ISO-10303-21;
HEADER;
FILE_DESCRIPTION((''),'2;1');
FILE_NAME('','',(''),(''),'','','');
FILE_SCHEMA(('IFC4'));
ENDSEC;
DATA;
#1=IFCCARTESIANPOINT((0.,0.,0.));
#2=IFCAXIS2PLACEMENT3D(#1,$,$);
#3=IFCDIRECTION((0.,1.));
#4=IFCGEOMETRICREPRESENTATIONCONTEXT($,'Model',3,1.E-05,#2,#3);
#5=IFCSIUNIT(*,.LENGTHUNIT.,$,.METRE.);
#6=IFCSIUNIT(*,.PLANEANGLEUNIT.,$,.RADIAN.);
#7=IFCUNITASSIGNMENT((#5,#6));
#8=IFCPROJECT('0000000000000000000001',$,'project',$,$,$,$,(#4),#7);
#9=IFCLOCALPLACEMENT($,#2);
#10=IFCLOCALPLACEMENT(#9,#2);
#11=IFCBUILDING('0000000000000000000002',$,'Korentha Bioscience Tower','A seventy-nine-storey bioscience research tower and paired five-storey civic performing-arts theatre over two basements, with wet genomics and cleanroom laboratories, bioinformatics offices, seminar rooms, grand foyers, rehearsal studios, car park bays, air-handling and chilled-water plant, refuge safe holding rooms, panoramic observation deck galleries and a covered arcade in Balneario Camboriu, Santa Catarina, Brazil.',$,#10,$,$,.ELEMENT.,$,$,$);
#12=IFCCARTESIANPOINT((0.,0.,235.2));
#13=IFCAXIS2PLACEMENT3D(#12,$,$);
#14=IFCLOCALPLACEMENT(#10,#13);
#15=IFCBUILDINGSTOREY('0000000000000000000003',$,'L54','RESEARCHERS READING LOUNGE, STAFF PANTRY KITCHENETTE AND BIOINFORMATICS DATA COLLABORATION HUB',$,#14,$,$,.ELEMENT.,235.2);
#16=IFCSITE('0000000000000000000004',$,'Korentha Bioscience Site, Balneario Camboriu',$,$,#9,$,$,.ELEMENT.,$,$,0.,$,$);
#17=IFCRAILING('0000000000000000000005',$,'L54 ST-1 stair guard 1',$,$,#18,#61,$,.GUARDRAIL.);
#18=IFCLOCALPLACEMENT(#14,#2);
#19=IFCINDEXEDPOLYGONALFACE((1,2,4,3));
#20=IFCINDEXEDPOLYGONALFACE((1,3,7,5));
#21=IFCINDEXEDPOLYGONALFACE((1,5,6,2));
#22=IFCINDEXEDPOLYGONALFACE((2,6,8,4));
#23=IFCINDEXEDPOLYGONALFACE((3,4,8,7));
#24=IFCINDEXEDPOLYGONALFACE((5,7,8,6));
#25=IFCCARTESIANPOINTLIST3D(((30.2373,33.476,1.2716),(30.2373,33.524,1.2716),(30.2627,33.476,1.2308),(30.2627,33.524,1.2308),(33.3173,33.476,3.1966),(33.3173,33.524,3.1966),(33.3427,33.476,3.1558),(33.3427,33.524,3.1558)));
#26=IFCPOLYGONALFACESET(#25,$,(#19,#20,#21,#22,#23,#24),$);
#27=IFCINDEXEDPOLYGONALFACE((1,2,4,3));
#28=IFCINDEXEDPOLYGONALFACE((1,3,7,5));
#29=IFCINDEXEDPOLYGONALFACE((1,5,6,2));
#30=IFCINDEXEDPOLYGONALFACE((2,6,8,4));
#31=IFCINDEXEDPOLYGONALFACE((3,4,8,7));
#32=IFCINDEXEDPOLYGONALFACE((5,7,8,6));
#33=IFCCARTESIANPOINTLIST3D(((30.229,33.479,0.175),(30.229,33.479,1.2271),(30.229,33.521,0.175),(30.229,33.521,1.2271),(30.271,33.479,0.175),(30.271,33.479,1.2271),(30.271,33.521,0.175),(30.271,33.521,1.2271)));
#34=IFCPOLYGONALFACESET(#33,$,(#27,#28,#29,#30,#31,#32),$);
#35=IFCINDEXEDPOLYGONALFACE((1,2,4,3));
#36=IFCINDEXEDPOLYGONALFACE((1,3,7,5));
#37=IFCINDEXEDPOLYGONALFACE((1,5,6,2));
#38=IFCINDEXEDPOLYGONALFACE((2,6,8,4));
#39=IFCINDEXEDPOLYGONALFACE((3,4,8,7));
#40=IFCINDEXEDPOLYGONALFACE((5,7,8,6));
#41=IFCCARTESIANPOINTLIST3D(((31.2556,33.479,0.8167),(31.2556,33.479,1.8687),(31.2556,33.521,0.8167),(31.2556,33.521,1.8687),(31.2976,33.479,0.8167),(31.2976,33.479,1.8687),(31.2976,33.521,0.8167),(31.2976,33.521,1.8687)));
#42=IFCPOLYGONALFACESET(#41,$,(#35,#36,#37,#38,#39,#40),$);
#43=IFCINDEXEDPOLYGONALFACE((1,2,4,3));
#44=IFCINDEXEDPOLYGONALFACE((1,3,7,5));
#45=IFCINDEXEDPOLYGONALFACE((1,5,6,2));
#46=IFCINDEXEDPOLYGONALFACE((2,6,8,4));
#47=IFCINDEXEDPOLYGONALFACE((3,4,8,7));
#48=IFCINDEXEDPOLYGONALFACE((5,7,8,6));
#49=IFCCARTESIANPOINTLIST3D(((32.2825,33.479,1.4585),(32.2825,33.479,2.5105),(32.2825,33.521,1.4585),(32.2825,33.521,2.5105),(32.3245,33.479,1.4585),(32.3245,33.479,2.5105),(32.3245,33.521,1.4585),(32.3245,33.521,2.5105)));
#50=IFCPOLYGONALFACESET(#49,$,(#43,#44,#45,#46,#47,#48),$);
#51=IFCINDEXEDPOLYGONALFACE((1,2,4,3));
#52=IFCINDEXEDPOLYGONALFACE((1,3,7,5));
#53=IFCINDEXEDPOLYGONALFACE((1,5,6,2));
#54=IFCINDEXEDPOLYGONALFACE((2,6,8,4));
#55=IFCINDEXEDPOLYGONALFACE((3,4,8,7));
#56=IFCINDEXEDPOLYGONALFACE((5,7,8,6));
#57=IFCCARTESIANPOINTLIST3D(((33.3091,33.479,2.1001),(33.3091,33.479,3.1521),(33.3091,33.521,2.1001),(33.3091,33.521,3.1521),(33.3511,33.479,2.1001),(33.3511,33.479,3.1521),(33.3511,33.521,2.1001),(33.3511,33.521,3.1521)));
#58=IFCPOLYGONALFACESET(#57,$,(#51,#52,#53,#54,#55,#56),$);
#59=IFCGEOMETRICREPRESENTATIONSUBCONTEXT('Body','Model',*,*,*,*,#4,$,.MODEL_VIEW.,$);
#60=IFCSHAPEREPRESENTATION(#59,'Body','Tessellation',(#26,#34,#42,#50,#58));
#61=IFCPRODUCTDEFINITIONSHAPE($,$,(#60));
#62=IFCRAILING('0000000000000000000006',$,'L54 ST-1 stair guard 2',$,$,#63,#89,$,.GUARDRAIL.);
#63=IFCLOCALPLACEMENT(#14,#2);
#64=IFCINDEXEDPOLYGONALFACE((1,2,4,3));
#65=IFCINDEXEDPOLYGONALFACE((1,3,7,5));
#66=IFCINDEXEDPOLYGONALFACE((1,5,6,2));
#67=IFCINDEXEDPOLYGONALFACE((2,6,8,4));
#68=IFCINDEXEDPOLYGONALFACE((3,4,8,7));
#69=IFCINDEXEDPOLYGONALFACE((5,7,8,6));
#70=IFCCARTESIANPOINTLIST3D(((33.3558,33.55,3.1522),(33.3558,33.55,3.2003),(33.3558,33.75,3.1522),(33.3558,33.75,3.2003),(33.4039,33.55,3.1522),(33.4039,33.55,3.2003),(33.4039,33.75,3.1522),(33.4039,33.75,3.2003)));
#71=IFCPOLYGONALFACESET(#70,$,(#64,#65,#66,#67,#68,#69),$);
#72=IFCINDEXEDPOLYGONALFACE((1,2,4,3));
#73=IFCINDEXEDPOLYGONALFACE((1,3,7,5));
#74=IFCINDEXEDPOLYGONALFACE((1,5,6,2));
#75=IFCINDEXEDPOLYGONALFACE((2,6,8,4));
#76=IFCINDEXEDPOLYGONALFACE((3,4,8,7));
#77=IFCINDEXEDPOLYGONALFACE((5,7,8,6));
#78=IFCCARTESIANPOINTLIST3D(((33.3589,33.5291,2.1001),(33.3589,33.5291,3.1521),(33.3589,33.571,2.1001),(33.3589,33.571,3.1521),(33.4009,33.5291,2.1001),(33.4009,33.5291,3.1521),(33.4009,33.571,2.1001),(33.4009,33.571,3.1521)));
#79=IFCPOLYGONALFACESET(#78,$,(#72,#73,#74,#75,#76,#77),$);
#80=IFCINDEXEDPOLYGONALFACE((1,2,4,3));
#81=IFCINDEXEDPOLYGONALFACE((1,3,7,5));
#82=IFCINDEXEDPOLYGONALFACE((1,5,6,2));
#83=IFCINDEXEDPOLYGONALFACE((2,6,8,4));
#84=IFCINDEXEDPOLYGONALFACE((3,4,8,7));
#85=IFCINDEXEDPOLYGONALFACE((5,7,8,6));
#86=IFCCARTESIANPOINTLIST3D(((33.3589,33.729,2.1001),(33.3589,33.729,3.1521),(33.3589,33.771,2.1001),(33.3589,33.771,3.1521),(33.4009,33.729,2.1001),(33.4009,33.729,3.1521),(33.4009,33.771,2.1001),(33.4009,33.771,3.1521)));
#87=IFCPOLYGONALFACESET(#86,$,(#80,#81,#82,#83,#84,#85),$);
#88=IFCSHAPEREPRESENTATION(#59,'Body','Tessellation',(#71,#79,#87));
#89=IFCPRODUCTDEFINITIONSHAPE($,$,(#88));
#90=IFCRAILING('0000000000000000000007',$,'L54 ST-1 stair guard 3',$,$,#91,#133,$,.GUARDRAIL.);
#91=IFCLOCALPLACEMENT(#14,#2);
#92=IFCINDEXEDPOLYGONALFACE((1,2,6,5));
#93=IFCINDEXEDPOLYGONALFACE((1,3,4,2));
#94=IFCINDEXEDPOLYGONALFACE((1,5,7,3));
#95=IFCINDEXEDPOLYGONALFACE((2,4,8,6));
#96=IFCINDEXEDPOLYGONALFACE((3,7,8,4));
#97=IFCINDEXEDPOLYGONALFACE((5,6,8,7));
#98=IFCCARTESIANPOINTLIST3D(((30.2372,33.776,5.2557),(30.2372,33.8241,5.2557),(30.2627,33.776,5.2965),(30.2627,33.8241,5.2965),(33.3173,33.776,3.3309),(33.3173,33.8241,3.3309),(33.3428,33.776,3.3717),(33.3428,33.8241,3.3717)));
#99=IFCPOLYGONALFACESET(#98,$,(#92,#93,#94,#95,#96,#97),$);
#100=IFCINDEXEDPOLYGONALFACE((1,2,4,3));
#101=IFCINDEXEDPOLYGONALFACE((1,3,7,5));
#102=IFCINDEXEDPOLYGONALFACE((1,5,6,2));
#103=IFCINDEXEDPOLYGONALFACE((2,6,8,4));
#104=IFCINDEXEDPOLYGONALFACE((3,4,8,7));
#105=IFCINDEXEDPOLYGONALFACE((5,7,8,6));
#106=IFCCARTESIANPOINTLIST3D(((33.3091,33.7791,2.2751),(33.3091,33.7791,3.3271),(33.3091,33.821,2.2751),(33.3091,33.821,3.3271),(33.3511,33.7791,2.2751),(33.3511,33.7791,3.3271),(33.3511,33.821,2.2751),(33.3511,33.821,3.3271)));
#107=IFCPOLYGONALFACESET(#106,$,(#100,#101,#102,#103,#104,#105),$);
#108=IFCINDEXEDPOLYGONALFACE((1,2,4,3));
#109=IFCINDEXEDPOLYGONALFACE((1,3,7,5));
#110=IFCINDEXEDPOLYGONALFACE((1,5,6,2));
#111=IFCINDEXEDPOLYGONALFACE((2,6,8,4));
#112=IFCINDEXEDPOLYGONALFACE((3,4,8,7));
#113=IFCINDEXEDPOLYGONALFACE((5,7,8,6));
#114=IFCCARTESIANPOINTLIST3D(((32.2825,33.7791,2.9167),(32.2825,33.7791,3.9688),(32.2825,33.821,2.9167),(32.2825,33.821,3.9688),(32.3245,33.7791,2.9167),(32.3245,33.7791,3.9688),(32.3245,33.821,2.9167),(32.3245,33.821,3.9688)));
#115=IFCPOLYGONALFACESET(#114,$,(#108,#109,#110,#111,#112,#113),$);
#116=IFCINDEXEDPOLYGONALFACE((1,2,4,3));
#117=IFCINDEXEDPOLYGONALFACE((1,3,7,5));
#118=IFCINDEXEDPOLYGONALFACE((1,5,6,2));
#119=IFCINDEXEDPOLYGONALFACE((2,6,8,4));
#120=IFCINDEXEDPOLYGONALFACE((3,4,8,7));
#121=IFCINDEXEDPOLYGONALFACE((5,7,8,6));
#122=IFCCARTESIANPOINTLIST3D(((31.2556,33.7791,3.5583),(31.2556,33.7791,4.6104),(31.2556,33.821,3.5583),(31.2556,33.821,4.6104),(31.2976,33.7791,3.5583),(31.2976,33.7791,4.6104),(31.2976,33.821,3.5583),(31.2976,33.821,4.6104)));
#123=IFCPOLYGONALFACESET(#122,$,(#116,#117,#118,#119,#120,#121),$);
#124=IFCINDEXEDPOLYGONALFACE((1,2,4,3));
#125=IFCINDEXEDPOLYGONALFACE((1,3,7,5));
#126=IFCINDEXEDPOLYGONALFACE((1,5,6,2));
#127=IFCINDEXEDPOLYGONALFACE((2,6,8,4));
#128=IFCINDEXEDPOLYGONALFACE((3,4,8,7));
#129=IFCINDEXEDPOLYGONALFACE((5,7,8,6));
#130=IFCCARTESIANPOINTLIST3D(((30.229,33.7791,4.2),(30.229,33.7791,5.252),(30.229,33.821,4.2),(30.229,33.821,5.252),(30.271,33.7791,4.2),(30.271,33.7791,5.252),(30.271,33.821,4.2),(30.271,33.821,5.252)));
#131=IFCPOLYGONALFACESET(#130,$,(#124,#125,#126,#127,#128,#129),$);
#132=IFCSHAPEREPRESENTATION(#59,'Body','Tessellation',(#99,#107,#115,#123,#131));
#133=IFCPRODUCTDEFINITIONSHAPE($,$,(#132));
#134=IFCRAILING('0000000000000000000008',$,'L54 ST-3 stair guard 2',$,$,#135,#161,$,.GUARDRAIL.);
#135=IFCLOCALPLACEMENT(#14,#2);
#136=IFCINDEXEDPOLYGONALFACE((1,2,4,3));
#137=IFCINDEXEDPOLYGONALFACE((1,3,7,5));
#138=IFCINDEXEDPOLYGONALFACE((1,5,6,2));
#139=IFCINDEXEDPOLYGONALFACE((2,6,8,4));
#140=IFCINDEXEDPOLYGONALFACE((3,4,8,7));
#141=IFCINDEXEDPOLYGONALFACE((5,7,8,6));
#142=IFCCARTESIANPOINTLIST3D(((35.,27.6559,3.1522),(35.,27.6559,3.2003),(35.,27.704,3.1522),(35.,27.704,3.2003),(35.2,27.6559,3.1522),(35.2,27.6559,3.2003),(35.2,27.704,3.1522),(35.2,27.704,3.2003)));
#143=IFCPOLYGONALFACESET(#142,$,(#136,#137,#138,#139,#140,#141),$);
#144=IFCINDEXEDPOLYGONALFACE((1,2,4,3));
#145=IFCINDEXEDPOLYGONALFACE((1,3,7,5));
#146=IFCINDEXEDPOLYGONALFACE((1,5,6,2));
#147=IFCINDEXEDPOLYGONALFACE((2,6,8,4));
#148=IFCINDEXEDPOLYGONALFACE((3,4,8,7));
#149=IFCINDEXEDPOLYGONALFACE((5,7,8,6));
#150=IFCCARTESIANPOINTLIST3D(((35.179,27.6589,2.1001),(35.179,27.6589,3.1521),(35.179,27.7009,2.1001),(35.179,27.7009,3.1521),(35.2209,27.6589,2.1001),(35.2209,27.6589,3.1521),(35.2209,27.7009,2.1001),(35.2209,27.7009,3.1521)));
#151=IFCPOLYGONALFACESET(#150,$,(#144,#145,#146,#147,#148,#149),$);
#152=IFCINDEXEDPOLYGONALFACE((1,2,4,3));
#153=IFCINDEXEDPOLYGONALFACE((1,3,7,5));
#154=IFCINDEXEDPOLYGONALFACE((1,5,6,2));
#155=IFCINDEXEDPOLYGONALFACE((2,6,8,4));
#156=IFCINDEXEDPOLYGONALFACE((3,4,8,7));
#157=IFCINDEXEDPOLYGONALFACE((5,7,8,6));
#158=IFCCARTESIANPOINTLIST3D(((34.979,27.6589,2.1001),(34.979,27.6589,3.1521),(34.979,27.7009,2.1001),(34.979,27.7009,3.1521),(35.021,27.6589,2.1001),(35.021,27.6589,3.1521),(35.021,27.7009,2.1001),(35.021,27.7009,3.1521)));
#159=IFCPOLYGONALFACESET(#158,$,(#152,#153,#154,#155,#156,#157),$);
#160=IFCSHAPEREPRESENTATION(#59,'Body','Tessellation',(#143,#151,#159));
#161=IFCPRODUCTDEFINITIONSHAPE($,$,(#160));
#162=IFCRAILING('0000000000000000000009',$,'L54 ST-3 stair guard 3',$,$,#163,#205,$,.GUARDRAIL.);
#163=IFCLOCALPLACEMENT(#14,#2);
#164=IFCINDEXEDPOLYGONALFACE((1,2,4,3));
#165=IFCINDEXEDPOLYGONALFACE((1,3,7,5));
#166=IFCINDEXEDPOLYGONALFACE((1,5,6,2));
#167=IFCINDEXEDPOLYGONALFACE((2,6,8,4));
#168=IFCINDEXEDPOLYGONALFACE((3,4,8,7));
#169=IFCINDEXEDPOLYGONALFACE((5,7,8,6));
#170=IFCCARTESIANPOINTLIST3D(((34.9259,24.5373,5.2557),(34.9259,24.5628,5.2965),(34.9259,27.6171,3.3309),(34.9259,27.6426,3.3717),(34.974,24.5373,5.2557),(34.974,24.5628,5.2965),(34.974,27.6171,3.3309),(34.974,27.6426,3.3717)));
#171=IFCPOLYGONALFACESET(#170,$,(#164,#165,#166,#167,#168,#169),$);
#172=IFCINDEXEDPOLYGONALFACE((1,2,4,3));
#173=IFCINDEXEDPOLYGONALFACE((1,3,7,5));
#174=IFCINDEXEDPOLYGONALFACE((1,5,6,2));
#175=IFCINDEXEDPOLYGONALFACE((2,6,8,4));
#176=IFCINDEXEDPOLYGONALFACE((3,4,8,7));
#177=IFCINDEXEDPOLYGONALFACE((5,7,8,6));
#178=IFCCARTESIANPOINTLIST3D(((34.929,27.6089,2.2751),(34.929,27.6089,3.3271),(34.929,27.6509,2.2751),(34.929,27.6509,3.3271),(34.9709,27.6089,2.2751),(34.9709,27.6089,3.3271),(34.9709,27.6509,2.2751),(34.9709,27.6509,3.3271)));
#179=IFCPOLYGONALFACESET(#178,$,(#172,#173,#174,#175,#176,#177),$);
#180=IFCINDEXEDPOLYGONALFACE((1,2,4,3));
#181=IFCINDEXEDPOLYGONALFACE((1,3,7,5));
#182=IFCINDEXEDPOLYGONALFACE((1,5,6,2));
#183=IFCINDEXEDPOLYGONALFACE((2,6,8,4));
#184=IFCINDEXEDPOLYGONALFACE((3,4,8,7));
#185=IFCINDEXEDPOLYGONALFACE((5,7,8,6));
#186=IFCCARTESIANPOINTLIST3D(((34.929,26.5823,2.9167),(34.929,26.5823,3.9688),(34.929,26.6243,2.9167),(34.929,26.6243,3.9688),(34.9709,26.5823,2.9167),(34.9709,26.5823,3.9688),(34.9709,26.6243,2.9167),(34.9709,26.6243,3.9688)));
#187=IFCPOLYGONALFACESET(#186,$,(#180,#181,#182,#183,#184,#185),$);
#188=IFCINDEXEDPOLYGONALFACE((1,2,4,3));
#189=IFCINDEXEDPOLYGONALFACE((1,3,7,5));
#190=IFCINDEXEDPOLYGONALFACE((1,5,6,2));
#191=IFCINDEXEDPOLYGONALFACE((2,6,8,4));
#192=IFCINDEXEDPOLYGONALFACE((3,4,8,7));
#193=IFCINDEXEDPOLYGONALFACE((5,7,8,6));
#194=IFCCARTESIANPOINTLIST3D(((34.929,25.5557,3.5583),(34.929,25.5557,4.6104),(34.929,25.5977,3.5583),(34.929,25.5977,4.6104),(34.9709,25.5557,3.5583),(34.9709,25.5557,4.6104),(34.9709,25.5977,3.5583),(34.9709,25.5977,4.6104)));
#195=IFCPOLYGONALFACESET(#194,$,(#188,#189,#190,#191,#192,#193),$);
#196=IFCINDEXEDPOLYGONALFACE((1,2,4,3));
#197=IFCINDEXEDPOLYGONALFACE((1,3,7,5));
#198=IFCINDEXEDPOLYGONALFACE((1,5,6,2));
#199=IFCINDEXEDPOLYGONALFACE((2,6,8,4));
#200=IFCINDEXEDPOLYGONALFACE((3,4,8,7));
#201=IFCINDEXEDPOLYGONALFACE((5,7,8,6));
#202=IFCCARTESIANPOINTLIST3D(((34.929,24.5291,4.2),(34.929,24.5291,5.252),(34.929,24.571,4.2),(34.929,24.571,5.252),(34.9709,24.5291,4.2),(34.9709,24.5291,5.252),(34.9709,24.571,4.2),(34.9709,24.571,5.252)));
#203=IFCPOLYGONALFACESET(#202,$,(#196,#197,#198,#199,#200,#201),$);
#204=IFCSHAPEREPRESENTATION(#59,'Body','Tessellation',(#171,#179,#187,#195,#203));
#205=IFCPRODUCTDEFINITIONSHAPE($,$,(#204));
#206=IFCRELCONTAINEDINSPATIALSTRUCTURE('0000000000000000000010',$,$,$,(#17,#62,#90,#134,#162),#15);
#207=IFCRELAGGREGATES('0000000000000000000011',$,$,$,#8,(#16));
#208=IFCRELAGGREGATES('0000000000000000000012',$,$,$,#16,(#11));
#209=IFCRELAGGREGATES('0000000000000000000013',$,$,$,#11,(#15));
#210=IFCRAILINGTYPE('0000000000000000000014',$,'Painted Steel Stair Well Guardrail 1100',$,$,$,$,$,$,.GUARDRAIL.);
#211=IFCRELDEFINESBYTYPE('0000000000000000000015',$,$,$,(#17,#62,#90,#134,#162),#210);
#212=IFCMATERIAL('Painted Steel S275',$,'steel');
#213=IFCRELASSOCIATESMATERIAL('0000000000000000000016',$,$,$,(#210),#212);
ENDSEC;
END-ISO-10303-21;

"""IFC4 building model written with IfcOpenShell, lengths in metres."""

from ifc_helpers import new_model, si_unit, direction, frame, origin, origin_2d, place, context, subcontext, project, spatial, rectangle, extrude, material, type_object, element, save


model = new_model("IFC4")

# Units and contexts
model_context = context("Model", 3, precision=1e-05, world=origin(), true_north=direction((0.0, 1.0)))
body_context = subcontext(model_context, "Body", "Model", "MODEL_VIEW")
ifc_project = project(units=[si_unit("LENGTHUNIT", "METRE"), si_unit("PLANEANGLEUNIT", "RADIAN")], contexts=[model_context])

# Site, building, storey
site_placement = place(None, origin())
site = spatial("IfcSite", under=ifc_project, at=site_placement, Name="Korentha Bioscience Site, Balneario Camboriu", CompositionType="ELEMENT", RefElevation=0.0)
building_placement = place(site_placement, origin())
building = spatial("IfcBuilding", under=site, at=building_placement, Name="Korentha Bioscience Tower", Description="A seventy-nine-storey bioscience research tower and paired five-storey civic performing-arts theatre over two basements, with wet genomics and cleanroom laboratories, bioinformatics offices, seminar rooms, grand foyers, rehearsal studios, car park bays, air-handling and chilled-water plant, refuge safe holding rooms, panoramic observation deck galleries and a covered arcade in Balneario Camboriu, Santa Catarina, Brazil.", CompositionType="ELEMENT")
storey_placement = place(building_placement, frame((0.0, 0.0, 235.2)))
storey = spatial("IfcBuildingStorey", under=building, at=storey_placement, Name="L54", Description="RESEARCHERS READING LOUNGE, STAFF PANTRY KITCHENETTE AND BIOINFORMATICS DATA COLLABORATION HUB", CompositionType="ELEMENT", Elevation=235.2)

# Railings
ifc_material_1 = material(Name="Painted Steel S275", Category="steel")
railing_type_1 = type_object("IfcRailingType", Name="Painted Steel Stair Well Guardrail 1100", PredefinedType="GUARDRAIL", material=ifc_material_1)
railing_1_placement = place(storey_placement, frame((30.25, 33.5, 0.175)))
element("IfcRailing", 1, at=railing_1_placement, inside=storey, type_object=railing_type_1, Name="L54 ST-1 stair guard 1", PredefinedType="GUARDRAIL", context=body_context, shape_type="SweptSolid", body=[
    extrude(rectangle(XDim=0.0481, YDim=0.0481, at=origin_2d()), frame((0.0, 0.0, 1.0762), z_axis=(0.847998, 0.0, 0.529999), x_axis=(0.0, 1.0, 0.0)), (0.0, 0.0, 1.0), 3.6321),
    extrude(rectangle(XDim=0.042, YDim=0.042, at=origin_2d()), origin(), (0.0, 0.0, 1.0), 1.052),
    extrude(rectangle(XDim=0.042, YDim=0.042, at=origin_2d()), frame((1.0266, 0.0, 0.6416)), (0.0, 0.0, 1.0), 1.052),
    extrude(rectangle(XDim=0.042, YDim=0.042, at=origin_2d()), frame((2.0535, 0.0, 1.2834)), (0.0, 0.0, 1.0), 1.052),
    extrude(rectangle(XDim=0.042, YDim=0.042, at=origin_2d()), frame((3.0801, 0.0, 1.925)), (0.0, 0.0, 1.0), 1.052),
])
railing_2_placement = place(storey_placement, frame((33.3799, 33.55, 2.1001)))
element("IfcRailing", 2, at=railing_2_placement, inside=storey, type_object=railing_type_1, Name="L54 ST-1 stair guard 2", PredefinedType="GUARDRAIL", context=body_context, shape_type="SweptSolid", body=[
    extrude(rectangle(XDim=0.0481, YDim=0.0481, at=origin_2d()), frame((0.0, 0.0, 1.0762), z_axis=(0.0, 1.0, 0.0), x_axis=(-1.0, 0.0, 0.0)), (0.0, 0.0, 1.0), 0.2),
    extrude(rectangle(XDim=0.042, YDim=0.042, at=origin_2d()), origin(), (0.0, 0.0, 1.0), 1.052),
    extrude(rectangle(XDim=0.042, YDim=0.042, at=origin_2d()), frame((0.0, 0.2, 0.0)), (0.0, 0.0, 1.0), 1.052),
])
railing_3_placement = place(storey_placement, frame((33.3301, 33.8, 2.2751)))
element("IfcRailing", 3, at=railing_3_placement, inside=storey, type_object=railing_type_1, Name="L54 ST-1 stair guard 3", PredefinedType="GUARDRAIL", context=body_context, shape_type="SweptSolid", body=[
    extrude(rectangle(XDim=0.0481, YDim=0.0481, at=origin_2d()), frame((0.0, 0.0, 1.0762), z_axis=(-0.848029, 0.0, 0.529951), x_axis=(0.0, -1.0, 0.0)), (0.0, 0.0, 1.0), 3.6321),
    extrude(rectangle(XDim=0.042, YDim=0.042, at=origin_2d()), origin(), (0.0, 0.0, 1.0), 1.052),
    extrude(rectangle(XDim=0.042, YDim=0.042, at=origin_2d()), frame((-1.0266, 0.0, 0.6416)), (0.0, 0.0, 1.0), 1.052),
    extrude(rectangle(XDim=0.042, YDim=0.042, at=origin_2d()), frame((-2.0535, 0.0, 1.2832)), (0.0, 0.0, 1.0), 1.052),
    extrude(rectangle(XDim=0.042, YDim=0.042, at=origin_2d()), frame((-3.0801, 0.0, 1.9248)), (0.0, 0.0, 1.0), 1.052),
])
railing_4_placement = place(storey_placement, frame((35.2, 27.6799, 2.1001)))
element("IfcRailing", 4, at=railing_4_placement, inside=storey, type_object=railing_type_1, Name="L54 ST-3 stair guard 2", PredefinedType="GUARDRAIL", context=body_context, shape_type="SweptSolid", body=[
    extrude(rectangle(XDim=0.0481, YDim=0.0481, at=origin_2d()), frame((0.0, 0.0, 1.0762), z_axis=(-1.0, 0.0, 0.0), x_axis=(0.0, -1.0, 0.0)), (0.0, 0.0, 1.0), 0.2),
    extrude(rectangle(XDim=0.042, YDim=0.042, at=origin_2d()), origin(), (0.0, 0.0, 1.0), 1.052),
    extrude(rectangle(XDim=0.042, YDim=0.042, at=origin_2d()), frame((-0.2, 0.0, 0.0)), (0.0, 0.0, 1.0), 1.052),
])
railing_5_placement = place(storey_placement, frame((34.95, 27.6299, 2.2751)))
element("IfcRailing", 5, at=railing_5_placement, inside=storey, type_object=railing_type_1, Name="L54 ST-3 stair guard 3", PredefinedType="GUARDRAIL", context=body_context, shape_type="SweptSolid", body=[
    extrude(rectangle(XDim=0.0481, YDim=0.0481, at=origin_2d()), frame((0.0, 0.0, 1.0762), z_axis=(0.0, -0.84801, 0.529981), x_axis=(1.0, 0.0, 0.0)), (0.0, 0.0, 1.0), 3.6318),
    extrude(rectangle(XDim=0.042, YDim=0.042, at=origin_2d()), origin(), (0.0, 0.0, 1.0), 1.052),
    extrude(rectangle(XDim=0.042, YDim=0.042, at=origin_2d()), frame((0.0, -1.0266, 0.6416)), (0.0, 0.0, 1.0), 1.052),
    extrude(rectangle(XDim=0.042, YDim=0.042, at=origin_2d()), frame((0.0, -2.0532, 1.2832)), (0.0, 0.0, 1.0), 1.052),
    extrude(rectangle(XDim=0.042, YDim=0.042, at=origin_2d()), frame((0.0, -3.0798, 1.9248)), (0.0, 0.0, 1.0), 1.052),
])

save(model, "model.ifc")
